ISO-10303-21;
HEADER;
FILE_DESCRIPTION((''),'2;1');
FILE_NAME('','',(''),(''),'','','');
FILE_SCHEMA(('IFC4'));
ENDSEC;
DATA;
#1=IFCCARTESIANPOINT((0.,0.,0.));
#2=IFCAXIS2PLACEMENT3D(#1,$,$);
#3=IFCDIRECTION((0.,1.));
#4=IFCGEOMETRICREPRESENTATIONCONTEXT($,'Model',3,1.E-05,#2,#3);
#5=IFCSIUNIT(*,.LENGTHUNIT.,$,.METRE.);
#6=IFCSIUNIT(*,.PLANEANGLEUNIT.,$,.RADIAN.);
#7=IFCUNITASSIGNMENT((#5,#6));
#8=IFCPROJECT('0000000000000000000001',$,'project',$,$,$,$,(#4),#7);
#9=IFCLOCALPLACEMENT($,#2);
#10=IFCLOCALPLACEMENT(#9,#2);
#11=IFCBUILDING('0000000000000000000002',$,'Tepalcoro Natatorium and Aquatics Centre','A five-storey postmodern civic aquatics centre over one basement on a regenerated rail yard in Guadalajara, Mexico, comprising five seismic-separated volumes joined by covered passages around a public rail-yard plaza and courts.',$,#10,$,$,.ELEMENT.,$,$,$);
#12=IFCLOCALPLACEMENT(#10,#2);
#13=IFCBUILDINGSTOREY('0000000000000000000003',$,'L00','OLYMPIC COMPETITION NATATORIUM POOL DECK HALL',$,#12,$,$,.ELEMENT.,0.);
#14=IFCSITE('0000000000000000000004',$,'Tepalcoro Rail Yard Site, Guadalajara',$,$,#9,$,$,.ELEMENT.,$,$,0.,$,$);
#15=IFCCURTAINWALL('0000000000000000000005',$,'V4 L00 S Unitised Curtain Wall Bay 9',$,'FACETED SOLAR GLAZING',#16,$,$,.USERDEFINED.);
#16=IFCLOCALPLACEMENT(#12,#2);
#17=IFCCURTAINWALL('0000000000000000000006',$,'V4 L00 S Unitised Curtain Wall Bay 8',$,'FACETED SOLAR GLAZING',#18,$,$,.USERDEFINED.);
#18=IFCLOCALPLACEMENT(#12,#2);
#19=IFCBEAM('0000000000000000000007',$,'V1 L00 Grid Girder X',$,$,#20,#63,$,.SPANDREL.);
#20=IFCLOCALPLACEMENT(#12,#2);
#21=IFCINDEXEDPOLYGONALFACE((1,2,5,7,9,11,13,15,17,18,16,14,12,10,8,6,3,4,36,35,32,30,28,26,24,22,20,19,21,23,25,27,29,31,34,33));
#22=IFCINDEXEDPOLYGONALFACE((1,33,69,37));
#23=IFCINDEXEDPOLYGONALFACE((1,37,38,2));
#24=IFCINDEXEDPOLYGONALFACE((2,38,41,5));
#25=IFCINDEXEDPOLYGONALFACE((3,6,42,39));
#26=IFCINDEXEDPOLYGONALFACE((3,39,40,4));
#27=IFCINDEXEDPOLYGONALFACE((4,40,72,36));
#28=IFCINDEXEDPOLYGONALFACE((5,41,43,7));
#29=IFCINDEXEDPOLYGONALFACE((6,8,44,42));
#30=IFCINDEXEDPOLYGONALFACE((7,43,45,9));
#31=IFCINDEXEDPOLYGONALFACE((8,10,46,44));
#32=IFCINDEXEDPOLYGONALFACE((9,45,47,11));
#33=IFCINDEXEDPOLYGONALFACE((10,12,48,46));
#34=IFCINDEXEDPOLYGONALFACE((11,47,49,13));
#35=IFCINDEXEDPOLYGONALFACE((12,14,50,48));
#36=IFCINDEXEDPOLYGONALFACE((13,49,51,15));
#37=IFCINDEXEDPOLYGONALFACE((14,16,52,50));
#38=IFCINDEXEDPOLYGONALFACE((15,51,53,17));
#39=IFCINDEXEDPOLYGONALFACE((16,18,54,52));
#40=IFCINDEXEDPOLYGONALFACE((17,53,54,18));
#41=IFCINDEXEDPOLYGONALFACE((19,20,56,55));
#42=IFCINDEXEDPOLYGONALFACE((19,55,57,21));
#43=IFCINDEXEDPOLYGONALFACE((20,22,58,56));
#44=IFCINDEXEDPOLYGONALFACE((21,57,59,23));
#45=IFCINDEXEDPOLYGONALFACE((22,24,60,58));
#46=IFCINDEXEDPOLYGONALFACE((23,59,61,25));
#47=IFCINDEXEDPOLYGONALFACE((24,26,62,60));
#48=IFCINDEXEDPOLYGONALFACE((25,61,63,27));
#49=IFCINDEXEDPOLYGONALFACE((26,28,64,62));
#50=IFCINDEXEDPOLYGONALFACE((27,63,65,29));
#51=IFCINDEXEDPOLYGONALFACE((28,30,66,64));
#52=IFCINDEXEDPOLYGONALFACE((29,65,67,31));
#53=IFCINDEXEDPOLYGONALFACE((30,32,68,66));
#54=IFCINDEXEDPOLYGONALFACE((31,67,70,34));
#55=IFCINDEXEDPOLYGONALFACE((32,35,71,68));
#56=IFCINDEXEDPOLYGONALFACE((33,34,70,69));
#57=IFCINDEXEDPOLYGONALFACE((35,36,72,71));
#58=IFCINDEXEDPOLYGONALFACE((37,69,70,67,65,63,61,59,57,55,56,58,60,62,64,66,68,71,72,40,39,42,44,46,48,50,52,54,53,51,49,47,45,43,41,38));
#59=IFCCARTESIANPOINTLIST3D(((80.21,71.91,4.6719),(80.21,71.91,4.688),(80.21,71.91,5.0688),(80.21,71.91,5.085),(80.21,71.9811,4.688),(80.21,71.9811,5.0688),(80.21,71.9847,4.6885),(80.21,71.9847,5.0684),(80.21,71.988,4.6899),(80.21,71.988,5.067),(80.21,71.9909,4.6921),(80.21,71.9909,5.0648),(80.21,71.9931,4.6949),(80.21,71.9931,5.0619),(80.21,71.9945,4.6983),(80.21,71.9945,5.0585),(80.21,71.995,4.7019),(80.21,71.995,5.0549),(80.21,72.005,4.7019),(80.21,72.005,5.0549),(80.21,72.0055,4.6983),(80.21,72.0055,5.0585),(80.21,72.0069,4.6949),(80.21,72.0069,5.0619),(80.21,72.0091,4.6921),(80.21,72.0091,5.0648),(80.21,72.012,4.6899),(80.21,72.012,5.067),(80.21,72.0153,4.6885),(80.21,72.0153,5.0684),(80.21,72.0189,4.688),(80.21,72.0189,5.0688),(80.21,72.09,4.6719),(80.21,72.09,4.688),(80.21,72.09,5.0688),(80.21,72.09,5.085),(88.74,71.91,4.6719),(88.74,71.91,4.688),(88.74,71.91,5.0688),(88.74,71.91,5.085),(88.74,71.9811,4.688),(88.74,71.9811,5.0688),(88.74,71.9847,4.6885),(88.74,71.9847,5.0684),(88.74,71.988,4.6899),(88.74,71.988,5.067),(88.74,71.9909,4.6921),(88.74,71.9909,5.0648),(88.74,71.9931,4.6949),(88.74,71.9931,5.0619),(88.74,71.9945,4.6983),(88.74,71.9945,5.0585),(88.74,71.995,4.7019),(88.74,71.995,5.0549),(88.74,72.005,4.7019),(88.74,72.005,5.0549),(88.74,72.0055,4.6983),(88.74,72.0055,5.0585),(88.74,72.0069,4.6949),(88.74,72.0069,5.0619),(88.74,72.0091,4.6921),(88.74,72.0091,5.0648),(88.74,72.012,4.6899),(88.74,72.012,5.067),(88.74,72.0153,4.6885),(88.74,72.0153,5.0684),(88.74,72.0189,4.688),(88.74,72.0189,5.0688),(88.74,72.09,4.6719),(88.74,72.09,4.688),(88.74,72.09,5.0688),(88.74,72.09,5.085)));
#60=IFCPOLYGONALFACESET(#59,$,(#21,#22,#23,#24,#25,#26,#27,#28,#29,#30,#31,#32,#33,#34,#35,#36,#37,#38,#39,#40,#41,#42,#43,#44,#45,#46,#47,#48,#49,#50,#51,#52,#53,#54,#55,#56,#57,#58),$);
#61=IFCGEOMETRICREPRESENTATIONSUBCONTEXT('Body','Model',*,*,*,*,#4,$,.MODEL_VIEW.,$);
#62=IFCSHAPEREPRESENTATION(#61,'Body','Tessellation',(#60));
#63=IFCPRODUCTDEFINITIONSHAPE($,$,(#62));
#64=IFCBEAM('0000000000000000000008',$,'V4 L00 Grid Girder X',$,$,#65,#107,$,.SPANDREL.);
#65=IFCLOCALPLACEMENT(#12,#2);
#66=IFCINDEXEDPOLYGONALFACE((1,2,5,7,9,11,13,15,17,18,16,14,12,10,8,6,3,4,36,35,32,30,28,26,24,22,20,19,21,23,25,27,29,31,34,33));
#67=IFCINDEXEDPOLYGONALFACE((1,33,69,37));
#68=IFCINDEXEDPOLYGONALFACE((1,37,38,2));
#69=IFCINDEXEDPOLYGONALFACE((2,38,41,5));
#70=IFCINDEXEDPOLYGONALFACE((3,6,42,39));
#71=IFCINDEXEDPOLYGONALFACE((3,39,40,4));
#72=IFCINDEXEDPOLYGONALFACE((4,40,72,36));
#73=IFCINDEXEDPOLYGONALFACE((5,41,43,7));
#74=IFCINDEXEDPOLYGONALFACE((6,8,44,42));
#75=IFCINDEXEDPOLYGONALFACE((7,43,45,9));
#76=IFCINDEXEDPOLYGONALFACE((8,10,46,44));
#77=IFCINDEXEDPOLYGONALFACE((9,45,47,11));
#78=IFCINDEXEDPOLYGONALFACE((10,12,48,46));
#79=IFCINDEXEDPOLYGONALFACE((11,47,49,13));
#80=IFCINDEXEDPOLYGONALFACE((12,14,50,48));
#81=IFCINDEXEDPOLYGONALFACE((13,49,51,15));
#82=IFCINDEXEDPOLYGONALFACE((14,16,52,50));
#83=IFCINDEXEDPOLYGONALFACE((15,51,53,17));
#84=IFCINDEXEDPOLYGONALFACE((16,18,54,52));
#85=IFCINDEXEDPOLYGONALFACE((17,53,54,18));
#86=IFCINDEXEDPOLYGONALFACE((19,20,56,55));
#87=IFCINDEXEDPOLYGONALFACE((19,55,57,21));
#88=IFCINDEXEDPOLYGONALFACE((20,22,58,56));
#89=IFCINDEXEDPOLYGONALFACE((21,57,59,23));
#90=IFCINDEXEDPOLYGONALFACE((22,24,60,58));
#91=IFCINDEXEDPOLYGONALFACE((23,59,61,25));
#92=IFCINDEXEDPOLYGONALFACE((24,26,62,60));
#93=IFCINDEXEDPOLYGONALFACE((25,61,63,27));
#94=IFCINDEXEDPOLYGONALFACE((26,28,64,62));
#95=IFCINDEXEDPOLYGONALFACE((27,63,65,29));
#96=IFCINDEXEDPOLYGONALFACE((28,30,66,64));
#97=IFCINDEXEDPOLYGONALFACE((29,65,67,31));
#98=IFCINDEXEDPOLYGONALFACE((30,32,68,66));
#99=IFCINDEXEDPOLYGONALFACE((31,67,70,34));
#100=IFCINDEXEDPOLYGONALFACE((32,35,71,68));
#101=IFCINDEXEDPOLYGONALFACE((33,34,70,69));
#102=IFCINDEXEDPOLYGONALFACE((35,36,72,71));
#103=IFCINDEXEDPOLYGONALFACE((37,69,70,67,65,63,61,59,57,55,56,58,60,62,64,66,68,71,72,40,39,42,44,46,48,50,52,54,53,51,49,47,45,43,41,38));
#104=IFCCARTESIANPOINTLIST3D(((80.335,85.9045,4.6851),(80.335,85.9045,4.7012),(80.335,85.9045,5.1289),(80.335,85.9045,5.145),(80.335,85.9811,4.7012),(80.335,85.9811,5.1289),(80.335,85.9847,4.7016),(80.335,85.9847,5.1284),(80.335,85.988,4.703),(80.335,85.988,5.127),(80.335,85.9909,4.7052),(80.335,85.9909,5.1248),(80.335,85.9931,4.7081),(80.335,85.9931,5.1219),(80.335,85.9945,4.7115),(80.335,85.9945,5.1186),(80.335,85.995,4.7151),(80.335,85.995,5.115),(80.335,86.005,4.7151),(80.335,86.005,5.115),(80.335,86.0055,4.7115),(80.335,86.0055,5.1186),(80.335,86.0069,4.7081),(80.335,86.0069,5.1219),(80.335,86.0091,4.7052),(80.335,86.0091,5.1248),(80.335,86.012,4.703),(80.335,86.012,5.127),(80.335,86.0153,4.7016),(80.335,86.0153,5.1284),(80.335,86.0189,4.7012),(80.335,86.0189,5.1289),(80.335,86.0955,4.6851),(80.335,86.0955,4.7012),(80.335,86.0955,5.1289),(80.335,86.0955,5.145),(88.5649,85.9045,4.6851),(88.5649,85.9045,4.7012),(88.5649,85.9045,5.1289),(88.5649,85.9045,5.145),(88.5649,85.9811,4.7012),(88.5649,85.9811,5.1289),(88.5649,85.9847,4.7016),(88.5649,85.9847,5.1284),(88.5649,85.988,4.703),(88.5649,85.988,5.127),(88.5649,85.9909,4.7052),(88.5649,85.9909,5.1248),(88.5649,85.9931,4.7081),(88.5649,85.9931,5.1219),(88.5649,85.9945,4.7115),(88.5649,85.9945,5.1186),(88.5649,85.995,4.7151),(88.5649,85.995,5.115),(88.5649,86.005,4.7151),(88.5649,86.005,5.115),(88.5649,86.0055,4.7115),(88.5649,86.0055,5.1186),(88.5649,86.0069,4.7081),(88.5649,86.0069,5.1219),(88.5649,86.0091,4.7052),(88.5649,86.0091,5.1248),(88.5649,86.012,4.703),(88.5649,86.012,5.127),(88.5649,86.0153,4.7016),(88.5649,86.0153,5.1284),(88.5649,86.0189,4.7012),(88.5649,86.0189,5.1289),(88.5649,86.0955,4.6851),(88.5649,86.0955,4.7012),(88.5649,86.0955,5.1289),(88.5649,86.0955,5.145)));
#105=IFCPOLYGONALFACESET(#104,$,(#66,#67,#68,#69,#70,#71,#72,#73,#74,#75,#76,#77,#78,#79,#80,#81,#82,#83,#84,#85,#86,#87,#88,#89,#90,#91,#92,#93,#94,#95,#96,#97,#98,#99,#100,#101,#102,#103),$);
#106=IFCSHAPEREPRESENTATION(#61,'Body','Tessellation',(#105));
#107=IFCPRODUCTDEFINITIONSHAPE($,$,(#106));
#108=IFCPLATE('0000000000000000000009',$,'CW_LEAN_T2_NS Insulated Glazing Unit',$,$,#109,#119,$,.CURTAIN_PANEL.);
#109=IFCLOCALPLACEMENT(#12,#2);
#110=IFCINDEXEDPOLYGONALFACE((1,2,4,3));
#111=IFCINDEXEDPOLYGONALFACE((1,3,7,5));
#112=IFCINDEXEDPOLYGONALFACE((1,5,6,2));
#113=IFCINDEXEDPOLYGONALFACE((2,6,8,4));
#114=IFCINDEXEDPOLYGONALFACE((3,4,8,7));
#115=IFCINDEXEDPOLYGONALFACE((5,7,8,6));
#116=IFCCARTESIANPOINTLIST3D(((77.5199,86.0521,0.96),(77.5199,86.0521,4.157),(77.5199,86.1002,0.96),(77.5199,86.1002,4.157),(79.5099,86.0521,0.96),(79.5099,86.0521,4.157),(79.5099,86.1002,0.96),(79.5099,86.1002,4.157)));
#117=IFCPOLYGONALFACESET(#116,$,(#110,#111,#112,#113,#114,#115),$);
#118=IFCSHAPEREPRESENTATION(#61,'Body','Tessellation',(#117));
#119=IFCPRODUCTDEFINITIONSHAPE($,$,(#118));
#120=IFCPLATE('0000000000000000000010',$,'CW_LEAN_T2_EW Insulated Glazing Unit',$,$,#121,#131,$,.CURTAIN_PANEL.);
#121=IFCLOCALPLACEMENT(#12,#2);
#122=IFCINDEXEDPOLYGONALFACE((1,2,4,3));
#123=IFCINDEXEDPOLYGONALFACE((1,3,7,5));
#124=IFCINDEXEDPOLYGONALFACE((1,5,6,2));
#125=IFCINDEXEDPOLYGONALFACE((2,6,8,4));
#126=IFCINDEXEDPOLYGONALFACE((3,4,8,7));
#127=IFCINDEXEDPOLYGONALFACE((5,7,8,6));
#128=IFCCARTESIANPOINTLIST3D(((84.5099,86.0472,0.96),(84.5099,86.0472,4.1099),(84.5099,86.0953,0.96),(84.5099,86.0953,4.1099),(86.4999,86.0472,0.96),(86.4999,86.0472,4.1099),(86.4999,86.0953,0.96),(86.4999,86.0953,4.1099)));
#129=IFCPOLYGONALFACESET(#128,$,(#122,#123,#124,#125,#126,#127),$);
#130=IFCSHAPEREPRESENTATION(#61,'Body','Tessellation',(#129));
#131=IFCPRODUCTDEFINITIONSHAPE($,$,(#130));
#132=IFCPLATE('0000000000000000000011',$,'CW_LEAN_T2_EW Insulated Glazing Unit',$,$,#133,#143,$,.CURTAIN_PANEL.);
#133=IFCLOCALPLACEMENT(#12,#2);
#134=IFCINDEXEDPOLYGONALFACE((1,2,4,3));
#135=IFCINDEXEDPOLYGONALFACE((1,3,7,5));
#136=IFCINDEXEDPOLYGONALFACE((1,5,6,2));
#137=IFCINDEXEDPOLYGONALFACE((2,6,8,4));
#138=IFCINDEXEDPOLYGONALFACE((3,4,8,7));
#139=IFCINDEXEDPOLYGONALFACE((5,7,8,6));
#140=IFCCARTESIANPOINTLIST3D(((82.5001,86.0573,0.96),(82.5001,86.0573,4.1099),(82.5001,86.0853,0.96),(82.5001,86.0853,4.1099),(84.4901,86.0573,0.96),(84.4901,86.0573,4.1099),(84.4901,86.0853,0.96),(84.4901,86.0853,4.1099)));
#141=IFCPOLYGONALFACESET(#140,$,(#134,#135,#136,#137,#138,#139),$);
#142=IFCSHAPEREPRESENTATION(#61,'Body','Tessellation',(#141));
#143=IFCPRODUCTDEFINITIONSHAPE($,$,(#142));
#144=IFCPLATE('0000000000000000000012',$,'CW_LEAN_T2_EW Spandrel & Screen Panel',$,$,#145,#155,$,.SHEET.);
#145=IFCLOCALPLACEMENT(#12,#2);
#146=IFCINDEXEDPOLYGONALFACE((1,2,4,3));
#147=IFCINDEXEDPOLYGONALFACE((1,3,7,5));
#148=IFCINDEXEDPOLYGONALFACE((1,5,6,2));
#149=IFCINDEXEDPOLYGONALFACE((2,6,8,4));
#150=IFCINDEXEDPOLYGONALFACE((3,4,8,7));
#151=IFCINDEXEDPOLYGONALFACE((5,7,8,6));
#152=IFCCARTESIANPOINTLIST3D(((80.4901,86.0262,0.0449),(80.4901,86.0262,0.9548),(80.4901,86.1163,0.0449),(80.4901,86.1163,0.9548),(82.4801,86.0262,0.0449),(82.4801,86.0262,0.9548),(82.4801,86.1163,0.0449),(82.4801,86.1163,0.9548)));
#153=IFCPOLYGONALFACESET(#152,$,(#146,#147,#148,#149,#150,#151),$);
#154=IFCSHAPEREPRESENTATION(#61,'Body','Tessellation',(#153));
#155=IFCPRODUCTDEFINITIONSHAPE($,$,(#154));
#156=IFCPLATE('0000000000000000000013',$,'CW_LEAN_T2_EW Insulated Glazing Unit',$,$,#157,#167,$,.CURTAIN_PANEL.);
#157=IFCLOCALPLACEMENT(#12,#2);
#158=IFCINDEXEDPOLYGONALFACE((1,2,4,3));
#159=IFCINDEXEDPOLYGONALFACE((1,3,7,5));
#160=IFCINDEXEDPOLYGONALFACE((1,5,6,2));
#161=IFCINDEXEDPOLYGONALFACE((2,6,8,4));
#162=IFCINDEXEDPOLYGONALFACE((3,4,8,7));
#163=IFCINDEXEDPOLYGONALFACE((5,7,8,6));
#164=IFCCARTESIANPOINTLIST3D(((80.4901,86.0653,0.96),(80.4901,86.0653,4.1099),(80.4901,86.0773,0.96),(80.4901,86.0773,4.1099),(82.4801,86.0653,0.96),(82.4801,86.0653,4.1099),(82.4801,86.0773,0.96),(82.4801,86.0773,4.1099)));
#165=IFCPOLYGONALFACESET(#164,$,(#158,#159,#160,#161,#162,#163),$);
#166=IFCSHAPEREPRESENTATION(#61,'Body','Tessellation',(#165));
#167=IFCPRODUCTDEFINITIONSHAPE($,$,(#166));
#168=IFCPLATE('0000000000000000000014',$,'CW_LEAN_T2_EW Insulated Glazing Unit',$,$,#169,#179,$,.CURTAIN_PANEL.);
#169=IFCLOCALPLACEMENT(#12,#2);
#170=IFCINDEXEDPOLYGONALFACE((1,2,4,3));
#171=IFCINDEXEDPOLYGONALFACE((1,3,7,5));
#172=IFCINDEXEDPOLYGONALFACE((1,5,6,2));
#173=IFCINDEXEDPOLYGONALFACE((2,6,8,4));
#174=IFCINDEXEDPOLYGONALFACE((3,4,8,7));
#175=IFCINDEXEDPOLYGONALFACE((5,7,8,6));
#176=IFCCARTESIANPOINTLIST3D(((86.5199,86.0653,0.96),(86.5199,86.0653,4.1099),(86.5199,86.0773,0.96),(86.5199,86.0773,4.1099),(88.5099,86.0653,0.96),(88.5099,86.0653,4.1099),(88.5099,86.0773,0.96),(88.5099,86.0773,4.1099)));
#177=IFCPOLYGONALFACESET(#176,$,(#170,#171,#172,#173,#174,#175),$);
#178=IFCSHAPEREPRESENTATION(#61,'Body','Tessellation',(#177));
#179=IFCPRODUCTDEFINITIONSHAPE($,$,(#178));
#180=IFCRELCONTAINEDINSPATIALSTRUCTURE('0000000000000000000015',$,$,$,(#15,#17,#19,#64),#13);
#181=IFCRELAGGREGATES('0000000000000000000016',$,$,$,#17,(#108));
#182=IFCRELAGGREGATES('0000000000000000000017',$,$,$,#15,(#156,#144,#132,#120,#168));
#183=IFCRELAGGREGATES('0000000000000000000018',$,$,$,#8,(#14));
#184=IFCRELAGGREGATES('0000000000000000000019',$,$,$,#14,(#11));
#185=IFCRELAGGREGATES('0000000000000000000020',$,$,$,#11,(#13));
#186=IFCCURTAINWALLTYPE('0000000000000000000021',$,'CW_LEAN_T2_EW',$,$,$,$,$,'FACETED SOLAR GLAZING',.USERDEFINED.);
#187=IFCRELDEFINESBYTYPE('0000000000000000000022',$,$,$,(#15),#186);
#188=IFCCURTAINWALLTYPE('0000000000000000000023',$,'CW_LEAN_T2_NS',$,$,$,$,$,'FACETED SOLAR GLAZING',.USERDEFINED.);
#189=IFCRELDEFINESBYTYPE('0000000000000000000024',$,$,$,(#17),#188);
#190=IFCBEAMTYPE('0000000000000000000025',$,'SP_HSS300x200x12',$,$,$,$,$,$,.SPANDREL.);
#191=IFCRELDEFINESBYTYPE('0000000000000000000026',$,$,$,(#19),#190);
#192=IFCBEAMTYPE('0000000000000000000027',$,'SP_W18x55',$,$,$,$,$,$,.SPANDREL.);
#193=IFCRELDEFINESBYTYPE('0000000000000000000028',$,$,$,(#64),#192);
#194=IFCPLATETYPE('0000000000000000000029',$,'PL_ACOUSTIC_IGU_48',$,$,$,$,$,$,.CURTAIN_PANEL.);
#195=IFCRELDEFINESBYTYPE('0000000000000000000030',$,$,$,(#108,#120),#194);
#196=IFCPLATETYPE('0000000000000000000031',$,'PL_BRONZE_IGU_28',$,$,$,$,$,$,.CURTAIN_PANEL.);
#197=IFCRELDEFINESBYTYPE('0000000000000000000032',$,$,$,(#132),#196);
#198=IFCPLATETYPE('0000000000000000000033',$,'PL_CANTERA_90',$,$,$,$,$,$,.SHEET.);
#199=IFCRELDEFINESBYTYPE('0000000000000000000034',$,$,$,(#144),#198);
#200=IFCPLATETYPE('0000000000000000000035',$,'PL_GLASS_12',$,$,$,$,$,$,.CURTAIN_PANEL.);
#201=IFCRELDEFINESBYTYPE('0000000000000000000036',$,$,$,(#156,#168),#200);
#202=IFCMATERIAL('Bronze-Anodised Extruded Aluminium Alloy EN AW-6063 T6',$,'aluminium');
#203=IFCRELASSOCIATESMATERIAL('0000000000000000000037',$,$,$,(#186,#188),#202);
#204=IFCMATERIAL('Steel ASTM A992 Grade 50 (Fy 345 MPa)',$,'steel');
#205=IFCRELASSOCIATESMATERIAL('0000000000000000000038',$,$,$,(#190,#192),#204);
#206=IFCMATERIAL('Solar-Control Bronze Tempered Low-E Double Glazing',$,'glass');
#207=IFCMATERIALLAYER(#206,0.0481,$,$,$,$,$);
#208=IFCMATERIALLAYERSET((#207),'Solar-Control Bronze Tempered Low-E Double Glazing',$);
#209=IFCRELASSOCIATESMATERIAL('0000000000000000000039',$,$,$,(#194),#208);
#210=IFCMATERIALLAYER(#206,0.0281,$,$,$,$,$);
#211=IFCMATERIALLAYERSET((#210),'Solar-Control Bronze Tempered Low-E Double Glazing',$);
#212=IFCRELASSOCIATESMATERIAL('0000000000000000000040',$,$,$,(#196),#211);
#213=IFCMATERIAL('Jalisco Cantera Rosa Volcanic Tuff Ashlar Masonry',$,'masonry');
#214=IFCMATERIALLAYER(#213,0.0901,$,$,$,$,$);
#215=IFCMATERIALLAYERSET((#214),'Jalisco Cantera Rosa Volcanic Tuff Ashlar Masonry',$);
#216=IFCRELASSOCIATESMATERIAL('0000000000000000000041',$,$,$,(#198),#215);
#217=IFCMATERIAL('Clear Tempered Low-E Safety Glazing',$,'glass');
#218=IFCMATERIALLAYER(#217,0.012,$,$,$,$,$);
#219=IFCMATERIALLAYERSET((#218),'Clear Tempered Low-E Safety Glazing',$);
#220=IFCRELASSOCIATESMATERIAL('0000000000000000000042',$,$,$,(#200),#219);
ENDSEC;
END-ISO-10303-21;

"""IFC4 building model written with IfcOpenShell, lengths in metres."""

from ifc_helpers import new_model, si_unit, direction, frame, origin, origin_2d, place, context, subcontext, project, spatial, rectangle, i_section, extrude, material, layer, layer_set, material_profile, profile_set, type_object, element, aggregate, save


model = new_model("IFC4")

# Units and contexts
model_context = context("Model", 3, precision=1e-05, world=origin(), true_north=direction((0.0, 1.0)))
body_context = subcontext(model_context, "Body", "Model", "MODEL_VIEW")
ifc_project = project(units=[si_unit("LENGTHUNIT", "METRE"), si_unit("PLANEANGLEUNIT", "RADIAN")], contexts=[model_context])

# Site, building, storey
site_placement = place(None, origin())
site = spatial("IfcSite", under=ifc_project, at=site_placement, Name="Tepalcoro Rail Yard Site, Guadalajara", CompositionType="ELEMENT", RefElevation=0.0)
building_placement = place(site_placement, origin())
building = spatial("IfcBuilding", under=site, at=building_placement, Name="Tepalcoro Natatorium and Aquatics Centre", Description="A five-storey postmodern civic aquatics centre over one basement on a regenerated rail yard in Guadalajara, Mexico, comprising five seismic-separated volumes joined by covered passages around a public rail-yard plaza and courts.", CompositionType="ELEMENT")
storey_placement = place(building_placement, origin())
storey = spatial("IfcBuildingStorey", under=building, at=storey_placement, Name="L00", Description="OLYMPIC COMPETITION NATATORIUM POOL DECK HALL", CompositionType="ELEMENT", Elevation=0.0)

# Shared definitions
ifc_material_1 = material(Name="Steel ASTM A992 Grade 50 (Fy 345 MPa)", Category="steel")

# Curtain wall
ifc_material_2 = material(Name="Bronze-Anodised Extruded Aluminium Alloy EN AW-6063 T6", Category="aluminium")
curtain_wall_type_1 = type_object("IfcCurtainWallType", Name="CW_LEAN_T2_EW", ElementType="FACETED SOLAR GLAZING", PredefinedType="USERDEFINED", material=ifc_material_2)
curtain_wall_1_placement = place(storey_placement, origin())
curtain_wall_1 = element("IfcCurtainWall", 1, at=curtain_wall_1_placement, inside=storey, type_object=curtain_wall_type_1, Name="V4 L00 S Unitised Curtain Wall Bay 9", ObjectType="FACETED SOLAR GLAZING", PredefinedType="USERDEFINED")

# Curtain wall
curtain_wall_type_2 = type_object("IfcCurtainWallType", Name="CW_LEAN_T2_NS", ElementType="FACETED SOLAR GLAZING", PredefinedType="USERDEFINED", material=ifc_material_2)
curtain_wall_2_placement = place(storey_placement, origin())
curtain_wall_2 = element("IfcCurtainWall", 2, at=curtain_wall_2_placement, inside=storey, type_object=curtain_wall_type_2, Name="V4 L00 S Unitised Curtain Wall Bay 8", ObjectType="FACETED SOLAR GLAZING", PredefinedType="USERDEFINED")

# Beams
ifc_material_profile_1 = material_profile(ifc_material_1, i_section(OverallWidth=0.1799, OverallDepth=0.4131, WebThickness=0.01, FlangeThickness=0.0161, FilletRadius=0.0139, at=origin_2d()), Name="W16X50")
ifc_profile_set_1 = profile_set([ifc_material_profile_1], Name="Steel ASTM A992 Grade 50 (Fy 345 MPa)")
beam_type_1 = type_object("IfcBeamType", Name="SP_HSS300x200x12", PredefinedType="SPANDREL", material=ifc_profile_set_1)
beam_1_placement = place(storey_placement, frame((80.21, 72.0, 4.8784), z_axis=(1.0, 0.0, 0.0), x_axis=(0.0, 1.0, 0.0)))
element("IfcBeam", 3, at=beam_1_placement, inside=storey, type_object=beam_type_1, Name="V1 L00 Grid Girder X", PredefinedType="SPANDREL", context=body_context, shape_type="SweptSolid", body=[
    extrude(i_section(OverallWidth=0.1799, OverallDepth=0.4131, WebThickness=0.01, FlangeThickness=0.0161, FilletRadius=0.0139, at=origin_2d()), origin(), (0.0, 0.0, 1.0), 8.53),
])
ifc_material_profile_2 = material_profile(ifc_material_1, i_section(OverallWidth=0.1909, OverallDepth=0.46, WebThickness=0.01, FlangeThickness=0.0161, FilletRadius=0.0139, at=origin_2d()), Name="W18X55")
ifc_profile_set_2 = profile_set([ifc_material_profile_2], Name="Steel ASTM A992 Grade 50 (Fy 345 MPa)")
beam_type_2 = type_object("IfcBeamType", Name="SP_W18x55", PredefinedType="SPANDREL", material=ifc_profile_set_2)
beam_2_placement = place(storey_placement, frame((80.335, 86.0, 4.915), z_axis=(1.0, 0.0, 0.0), x_axis=(0.0, 1.0, 0.0)))
element("IfcBeam", 4, at=beam_2_placement, inside=storey, type_object=beam_type_2, Name="V4 L00 Grid Girder X", PredefinedType="SPANDREL", context=body_context, shape_type="SweptSolid", body=[
    extrude(i_section(OverallWidth=0.1909, OverallDepth=0.46, WebThickness=0.01, FlangeThickness=0.0161, FilletRadius=0.0139, at=origin_2d()), origin(), (0.0, 0.0, 1.0), 8.23),
])

# Plates
ifc_material_3 = material(Name="Solar-Control Bronze Tempered Low-E Double Glazing", Category="glass")
ifc_layer_1 = layer(ifc_material_3, 0.0481)
ifc_layer_set_1 = layer_set([ifc_layer_1], Name="Solar-Control Bronze Tempered Low-E Double Glazing")
plate_type_1 = type_object("IfcPlateType", Name="PL_ACOUSTIC_IGU_48", PredefinedType="CURTAIN_PANEL", material=ifc_layer_set_1)
plate_1_placement = place(storey_placement, frame((78.5149, 86.0762, 0.96), z_axis=(0.0, 0.0, 1.0), x_axis=(1.0, 0.0, 0.0)))
plate_1 = element("IfcPlate", 5, at=plate_1_placement, type_object=plate_type_1, Name="CW_LEAN_T2_NS Insulated Glazing Unit", PredefinedType="CURTAIN_PANEL", context=body_context, shape_type="SweptSolid", body=[
    extrude(rectangle(XDim=1.99, YDim=0.0481, at=origin_2d()), origin(), (0.0, 0.0, 1.0), 3.197),
])
plate_2_placement = place(storey_placement, frame((85.5049, 86.0713, 0.96), z_axis=(0.0, 0.0, 1.0), x_axis=(1.0, 0.0, 0.0)))
plate_2 = element("IfcPlate", 6, at=plate_2_placement, type_object=plate_type_1, Name="CW_LEAN_T2_EW Insulated Glazing Unit", PredefinedType="CURTAIN_PANEL", context=body_context, shape_type="SweptSolid", body=[
    extrude(rectangle(XDim=1.99, YDim=0.0481, at=origin_2d()), origin(), (0.0, 0.0, 1.0), 3.1499),
])
ifc_layer_2 = layer(ifc_material_3, 0.0281)
ifc_layer_set_2 = layer_set([ifc_layer_2], Name="Solar-Control Bronze Tempered Low-E Double Glazing")
plate_type_2 = type_object("IfcPlateType", Name="PL_BRONZE_IGU_28", PredefinedType="CURTAIN_PANEL", material=ifc_layer_set_2)
plate_3_placement = place(storey_placement, frame((83.4951, 86.0713, 0.96), z_axis=(0.0, 0.0, 1.0), x_axis=(1.0, 0.0, 0.0)))
plate_3 = element("IfcPlate", 7, at=plate_3_placement, type_object=plate_type_2, Name="CW_LEAN_T2_EW Insulated Glazing Unit", PredefinedType="CURTAIN_PANEL", context=body_context, shape_type="SweptSolid", body=[
    extrude(rectangle(XDim=1.99, YDim=0.0281, at=origin_2d()), origin(), (0.0, 0.0, 1.0), 3.1499),
])
ifc_material_4 = material(Name="Jalisco Cantera Rosa Volcanic Tuff Ashlar Masonry", Category="masonry")
ifc_layer_3 = layer(ifc_material_4, 0.0901)
ifc_layer_set_3 = layer_set([ifc_layer_3], Name="Jalisco Cantera Rosa Volcanic Tuff Ashlar Masonry")
plate_type_3 = type_object("IfcPlateType", Name="PL_CANTERA_90", PredefinedType="SHEET", material=ifc_layer_set_3)
plate_4_placement = place(storey_placement, frame((81.4851, 86.0713, 0.0449), z_axis=(0.0, 0.0, 1.0), x_axis=(1.0, 0.0, 0.0)))
plate_4 = element("IfcPlate", 8, at=plate_4_placement, type_object=plate_type_3, Name="CW_LEAN_T2_EW Spandrel & Screen Panel", PredefinedType="SHEET", context=body_context, shape_type="SweptSolid", body=[
    extrude(rectangle(XDim=1.99, YDim=0.0901, at=origin_2d()), origin(), (0.0, 0.0, 1.0), 0.9099),
])
ifc_material_5 = material(Name="Clear Tempered Low-E Safety Glazing", Category="glass")
ifc_layer_4 = layer(ifc_material_5, 0.012)
ifc_layer_set_4 = layer_set([ifc_layer_4], Name="Clear Tempered Low-E Safety Glazing")
plate_type_4 = type_object("IfcPlateType", Name="PL_GLASS_12", PredefinedType="CURTAIN_PANEL", material=ifc_layer_set_4)
plate_5_placement = place(storey_placement, frame((81.4851, 86.0713, 0.96), z_axis=(0.0, 0.0, 1.0), x_axis=(1.0, 0.0, 0.0)))
plate_5 = element("IfcPlate", 9, at=plate_5_placement, type_object=plate_type_4, Name="CW_LEAN_T2_EW Insulated Glazing Unit", PredefinedType="CURTAIN_PANEL", context=body_context, shape_type="SweptSolid", body=[
    extrude(rectangle(XDim=1.99, YDim=0.012, at=origin_2d()), origin(), (0.0, 0.0, 1.0), 3.1499),
])
plate_6_placement = place(storey_placement, frame((87.5149, 86.0713, 0.96), z_axis=(0.0, 0.0, 1.0), x_axis=(1.0, 0.0, 0.0)))
plate_6 = element("IfcPlate", 10, at=plate_6_placement, type_object=plate_type_4, Name="CW_LEAN_T2_EW Insulated Glazing Unit", PredefinedType="CURTAIN_PANEL", context=body_context, shape_type="SweptSolid", body=[
    extrude(rectangle(XDim=1.99, YDim=0.012, at=origin_2d()), origin(), (0.0, 0.0, 1.0), 3.1499),
])
aggregate(curtain_wall_2, [plate_1])
aggregate(curtain_wall_1, [plate_5, plate_4, plate_3, plate_2, plate_6])

save(model, "model.ifc")
